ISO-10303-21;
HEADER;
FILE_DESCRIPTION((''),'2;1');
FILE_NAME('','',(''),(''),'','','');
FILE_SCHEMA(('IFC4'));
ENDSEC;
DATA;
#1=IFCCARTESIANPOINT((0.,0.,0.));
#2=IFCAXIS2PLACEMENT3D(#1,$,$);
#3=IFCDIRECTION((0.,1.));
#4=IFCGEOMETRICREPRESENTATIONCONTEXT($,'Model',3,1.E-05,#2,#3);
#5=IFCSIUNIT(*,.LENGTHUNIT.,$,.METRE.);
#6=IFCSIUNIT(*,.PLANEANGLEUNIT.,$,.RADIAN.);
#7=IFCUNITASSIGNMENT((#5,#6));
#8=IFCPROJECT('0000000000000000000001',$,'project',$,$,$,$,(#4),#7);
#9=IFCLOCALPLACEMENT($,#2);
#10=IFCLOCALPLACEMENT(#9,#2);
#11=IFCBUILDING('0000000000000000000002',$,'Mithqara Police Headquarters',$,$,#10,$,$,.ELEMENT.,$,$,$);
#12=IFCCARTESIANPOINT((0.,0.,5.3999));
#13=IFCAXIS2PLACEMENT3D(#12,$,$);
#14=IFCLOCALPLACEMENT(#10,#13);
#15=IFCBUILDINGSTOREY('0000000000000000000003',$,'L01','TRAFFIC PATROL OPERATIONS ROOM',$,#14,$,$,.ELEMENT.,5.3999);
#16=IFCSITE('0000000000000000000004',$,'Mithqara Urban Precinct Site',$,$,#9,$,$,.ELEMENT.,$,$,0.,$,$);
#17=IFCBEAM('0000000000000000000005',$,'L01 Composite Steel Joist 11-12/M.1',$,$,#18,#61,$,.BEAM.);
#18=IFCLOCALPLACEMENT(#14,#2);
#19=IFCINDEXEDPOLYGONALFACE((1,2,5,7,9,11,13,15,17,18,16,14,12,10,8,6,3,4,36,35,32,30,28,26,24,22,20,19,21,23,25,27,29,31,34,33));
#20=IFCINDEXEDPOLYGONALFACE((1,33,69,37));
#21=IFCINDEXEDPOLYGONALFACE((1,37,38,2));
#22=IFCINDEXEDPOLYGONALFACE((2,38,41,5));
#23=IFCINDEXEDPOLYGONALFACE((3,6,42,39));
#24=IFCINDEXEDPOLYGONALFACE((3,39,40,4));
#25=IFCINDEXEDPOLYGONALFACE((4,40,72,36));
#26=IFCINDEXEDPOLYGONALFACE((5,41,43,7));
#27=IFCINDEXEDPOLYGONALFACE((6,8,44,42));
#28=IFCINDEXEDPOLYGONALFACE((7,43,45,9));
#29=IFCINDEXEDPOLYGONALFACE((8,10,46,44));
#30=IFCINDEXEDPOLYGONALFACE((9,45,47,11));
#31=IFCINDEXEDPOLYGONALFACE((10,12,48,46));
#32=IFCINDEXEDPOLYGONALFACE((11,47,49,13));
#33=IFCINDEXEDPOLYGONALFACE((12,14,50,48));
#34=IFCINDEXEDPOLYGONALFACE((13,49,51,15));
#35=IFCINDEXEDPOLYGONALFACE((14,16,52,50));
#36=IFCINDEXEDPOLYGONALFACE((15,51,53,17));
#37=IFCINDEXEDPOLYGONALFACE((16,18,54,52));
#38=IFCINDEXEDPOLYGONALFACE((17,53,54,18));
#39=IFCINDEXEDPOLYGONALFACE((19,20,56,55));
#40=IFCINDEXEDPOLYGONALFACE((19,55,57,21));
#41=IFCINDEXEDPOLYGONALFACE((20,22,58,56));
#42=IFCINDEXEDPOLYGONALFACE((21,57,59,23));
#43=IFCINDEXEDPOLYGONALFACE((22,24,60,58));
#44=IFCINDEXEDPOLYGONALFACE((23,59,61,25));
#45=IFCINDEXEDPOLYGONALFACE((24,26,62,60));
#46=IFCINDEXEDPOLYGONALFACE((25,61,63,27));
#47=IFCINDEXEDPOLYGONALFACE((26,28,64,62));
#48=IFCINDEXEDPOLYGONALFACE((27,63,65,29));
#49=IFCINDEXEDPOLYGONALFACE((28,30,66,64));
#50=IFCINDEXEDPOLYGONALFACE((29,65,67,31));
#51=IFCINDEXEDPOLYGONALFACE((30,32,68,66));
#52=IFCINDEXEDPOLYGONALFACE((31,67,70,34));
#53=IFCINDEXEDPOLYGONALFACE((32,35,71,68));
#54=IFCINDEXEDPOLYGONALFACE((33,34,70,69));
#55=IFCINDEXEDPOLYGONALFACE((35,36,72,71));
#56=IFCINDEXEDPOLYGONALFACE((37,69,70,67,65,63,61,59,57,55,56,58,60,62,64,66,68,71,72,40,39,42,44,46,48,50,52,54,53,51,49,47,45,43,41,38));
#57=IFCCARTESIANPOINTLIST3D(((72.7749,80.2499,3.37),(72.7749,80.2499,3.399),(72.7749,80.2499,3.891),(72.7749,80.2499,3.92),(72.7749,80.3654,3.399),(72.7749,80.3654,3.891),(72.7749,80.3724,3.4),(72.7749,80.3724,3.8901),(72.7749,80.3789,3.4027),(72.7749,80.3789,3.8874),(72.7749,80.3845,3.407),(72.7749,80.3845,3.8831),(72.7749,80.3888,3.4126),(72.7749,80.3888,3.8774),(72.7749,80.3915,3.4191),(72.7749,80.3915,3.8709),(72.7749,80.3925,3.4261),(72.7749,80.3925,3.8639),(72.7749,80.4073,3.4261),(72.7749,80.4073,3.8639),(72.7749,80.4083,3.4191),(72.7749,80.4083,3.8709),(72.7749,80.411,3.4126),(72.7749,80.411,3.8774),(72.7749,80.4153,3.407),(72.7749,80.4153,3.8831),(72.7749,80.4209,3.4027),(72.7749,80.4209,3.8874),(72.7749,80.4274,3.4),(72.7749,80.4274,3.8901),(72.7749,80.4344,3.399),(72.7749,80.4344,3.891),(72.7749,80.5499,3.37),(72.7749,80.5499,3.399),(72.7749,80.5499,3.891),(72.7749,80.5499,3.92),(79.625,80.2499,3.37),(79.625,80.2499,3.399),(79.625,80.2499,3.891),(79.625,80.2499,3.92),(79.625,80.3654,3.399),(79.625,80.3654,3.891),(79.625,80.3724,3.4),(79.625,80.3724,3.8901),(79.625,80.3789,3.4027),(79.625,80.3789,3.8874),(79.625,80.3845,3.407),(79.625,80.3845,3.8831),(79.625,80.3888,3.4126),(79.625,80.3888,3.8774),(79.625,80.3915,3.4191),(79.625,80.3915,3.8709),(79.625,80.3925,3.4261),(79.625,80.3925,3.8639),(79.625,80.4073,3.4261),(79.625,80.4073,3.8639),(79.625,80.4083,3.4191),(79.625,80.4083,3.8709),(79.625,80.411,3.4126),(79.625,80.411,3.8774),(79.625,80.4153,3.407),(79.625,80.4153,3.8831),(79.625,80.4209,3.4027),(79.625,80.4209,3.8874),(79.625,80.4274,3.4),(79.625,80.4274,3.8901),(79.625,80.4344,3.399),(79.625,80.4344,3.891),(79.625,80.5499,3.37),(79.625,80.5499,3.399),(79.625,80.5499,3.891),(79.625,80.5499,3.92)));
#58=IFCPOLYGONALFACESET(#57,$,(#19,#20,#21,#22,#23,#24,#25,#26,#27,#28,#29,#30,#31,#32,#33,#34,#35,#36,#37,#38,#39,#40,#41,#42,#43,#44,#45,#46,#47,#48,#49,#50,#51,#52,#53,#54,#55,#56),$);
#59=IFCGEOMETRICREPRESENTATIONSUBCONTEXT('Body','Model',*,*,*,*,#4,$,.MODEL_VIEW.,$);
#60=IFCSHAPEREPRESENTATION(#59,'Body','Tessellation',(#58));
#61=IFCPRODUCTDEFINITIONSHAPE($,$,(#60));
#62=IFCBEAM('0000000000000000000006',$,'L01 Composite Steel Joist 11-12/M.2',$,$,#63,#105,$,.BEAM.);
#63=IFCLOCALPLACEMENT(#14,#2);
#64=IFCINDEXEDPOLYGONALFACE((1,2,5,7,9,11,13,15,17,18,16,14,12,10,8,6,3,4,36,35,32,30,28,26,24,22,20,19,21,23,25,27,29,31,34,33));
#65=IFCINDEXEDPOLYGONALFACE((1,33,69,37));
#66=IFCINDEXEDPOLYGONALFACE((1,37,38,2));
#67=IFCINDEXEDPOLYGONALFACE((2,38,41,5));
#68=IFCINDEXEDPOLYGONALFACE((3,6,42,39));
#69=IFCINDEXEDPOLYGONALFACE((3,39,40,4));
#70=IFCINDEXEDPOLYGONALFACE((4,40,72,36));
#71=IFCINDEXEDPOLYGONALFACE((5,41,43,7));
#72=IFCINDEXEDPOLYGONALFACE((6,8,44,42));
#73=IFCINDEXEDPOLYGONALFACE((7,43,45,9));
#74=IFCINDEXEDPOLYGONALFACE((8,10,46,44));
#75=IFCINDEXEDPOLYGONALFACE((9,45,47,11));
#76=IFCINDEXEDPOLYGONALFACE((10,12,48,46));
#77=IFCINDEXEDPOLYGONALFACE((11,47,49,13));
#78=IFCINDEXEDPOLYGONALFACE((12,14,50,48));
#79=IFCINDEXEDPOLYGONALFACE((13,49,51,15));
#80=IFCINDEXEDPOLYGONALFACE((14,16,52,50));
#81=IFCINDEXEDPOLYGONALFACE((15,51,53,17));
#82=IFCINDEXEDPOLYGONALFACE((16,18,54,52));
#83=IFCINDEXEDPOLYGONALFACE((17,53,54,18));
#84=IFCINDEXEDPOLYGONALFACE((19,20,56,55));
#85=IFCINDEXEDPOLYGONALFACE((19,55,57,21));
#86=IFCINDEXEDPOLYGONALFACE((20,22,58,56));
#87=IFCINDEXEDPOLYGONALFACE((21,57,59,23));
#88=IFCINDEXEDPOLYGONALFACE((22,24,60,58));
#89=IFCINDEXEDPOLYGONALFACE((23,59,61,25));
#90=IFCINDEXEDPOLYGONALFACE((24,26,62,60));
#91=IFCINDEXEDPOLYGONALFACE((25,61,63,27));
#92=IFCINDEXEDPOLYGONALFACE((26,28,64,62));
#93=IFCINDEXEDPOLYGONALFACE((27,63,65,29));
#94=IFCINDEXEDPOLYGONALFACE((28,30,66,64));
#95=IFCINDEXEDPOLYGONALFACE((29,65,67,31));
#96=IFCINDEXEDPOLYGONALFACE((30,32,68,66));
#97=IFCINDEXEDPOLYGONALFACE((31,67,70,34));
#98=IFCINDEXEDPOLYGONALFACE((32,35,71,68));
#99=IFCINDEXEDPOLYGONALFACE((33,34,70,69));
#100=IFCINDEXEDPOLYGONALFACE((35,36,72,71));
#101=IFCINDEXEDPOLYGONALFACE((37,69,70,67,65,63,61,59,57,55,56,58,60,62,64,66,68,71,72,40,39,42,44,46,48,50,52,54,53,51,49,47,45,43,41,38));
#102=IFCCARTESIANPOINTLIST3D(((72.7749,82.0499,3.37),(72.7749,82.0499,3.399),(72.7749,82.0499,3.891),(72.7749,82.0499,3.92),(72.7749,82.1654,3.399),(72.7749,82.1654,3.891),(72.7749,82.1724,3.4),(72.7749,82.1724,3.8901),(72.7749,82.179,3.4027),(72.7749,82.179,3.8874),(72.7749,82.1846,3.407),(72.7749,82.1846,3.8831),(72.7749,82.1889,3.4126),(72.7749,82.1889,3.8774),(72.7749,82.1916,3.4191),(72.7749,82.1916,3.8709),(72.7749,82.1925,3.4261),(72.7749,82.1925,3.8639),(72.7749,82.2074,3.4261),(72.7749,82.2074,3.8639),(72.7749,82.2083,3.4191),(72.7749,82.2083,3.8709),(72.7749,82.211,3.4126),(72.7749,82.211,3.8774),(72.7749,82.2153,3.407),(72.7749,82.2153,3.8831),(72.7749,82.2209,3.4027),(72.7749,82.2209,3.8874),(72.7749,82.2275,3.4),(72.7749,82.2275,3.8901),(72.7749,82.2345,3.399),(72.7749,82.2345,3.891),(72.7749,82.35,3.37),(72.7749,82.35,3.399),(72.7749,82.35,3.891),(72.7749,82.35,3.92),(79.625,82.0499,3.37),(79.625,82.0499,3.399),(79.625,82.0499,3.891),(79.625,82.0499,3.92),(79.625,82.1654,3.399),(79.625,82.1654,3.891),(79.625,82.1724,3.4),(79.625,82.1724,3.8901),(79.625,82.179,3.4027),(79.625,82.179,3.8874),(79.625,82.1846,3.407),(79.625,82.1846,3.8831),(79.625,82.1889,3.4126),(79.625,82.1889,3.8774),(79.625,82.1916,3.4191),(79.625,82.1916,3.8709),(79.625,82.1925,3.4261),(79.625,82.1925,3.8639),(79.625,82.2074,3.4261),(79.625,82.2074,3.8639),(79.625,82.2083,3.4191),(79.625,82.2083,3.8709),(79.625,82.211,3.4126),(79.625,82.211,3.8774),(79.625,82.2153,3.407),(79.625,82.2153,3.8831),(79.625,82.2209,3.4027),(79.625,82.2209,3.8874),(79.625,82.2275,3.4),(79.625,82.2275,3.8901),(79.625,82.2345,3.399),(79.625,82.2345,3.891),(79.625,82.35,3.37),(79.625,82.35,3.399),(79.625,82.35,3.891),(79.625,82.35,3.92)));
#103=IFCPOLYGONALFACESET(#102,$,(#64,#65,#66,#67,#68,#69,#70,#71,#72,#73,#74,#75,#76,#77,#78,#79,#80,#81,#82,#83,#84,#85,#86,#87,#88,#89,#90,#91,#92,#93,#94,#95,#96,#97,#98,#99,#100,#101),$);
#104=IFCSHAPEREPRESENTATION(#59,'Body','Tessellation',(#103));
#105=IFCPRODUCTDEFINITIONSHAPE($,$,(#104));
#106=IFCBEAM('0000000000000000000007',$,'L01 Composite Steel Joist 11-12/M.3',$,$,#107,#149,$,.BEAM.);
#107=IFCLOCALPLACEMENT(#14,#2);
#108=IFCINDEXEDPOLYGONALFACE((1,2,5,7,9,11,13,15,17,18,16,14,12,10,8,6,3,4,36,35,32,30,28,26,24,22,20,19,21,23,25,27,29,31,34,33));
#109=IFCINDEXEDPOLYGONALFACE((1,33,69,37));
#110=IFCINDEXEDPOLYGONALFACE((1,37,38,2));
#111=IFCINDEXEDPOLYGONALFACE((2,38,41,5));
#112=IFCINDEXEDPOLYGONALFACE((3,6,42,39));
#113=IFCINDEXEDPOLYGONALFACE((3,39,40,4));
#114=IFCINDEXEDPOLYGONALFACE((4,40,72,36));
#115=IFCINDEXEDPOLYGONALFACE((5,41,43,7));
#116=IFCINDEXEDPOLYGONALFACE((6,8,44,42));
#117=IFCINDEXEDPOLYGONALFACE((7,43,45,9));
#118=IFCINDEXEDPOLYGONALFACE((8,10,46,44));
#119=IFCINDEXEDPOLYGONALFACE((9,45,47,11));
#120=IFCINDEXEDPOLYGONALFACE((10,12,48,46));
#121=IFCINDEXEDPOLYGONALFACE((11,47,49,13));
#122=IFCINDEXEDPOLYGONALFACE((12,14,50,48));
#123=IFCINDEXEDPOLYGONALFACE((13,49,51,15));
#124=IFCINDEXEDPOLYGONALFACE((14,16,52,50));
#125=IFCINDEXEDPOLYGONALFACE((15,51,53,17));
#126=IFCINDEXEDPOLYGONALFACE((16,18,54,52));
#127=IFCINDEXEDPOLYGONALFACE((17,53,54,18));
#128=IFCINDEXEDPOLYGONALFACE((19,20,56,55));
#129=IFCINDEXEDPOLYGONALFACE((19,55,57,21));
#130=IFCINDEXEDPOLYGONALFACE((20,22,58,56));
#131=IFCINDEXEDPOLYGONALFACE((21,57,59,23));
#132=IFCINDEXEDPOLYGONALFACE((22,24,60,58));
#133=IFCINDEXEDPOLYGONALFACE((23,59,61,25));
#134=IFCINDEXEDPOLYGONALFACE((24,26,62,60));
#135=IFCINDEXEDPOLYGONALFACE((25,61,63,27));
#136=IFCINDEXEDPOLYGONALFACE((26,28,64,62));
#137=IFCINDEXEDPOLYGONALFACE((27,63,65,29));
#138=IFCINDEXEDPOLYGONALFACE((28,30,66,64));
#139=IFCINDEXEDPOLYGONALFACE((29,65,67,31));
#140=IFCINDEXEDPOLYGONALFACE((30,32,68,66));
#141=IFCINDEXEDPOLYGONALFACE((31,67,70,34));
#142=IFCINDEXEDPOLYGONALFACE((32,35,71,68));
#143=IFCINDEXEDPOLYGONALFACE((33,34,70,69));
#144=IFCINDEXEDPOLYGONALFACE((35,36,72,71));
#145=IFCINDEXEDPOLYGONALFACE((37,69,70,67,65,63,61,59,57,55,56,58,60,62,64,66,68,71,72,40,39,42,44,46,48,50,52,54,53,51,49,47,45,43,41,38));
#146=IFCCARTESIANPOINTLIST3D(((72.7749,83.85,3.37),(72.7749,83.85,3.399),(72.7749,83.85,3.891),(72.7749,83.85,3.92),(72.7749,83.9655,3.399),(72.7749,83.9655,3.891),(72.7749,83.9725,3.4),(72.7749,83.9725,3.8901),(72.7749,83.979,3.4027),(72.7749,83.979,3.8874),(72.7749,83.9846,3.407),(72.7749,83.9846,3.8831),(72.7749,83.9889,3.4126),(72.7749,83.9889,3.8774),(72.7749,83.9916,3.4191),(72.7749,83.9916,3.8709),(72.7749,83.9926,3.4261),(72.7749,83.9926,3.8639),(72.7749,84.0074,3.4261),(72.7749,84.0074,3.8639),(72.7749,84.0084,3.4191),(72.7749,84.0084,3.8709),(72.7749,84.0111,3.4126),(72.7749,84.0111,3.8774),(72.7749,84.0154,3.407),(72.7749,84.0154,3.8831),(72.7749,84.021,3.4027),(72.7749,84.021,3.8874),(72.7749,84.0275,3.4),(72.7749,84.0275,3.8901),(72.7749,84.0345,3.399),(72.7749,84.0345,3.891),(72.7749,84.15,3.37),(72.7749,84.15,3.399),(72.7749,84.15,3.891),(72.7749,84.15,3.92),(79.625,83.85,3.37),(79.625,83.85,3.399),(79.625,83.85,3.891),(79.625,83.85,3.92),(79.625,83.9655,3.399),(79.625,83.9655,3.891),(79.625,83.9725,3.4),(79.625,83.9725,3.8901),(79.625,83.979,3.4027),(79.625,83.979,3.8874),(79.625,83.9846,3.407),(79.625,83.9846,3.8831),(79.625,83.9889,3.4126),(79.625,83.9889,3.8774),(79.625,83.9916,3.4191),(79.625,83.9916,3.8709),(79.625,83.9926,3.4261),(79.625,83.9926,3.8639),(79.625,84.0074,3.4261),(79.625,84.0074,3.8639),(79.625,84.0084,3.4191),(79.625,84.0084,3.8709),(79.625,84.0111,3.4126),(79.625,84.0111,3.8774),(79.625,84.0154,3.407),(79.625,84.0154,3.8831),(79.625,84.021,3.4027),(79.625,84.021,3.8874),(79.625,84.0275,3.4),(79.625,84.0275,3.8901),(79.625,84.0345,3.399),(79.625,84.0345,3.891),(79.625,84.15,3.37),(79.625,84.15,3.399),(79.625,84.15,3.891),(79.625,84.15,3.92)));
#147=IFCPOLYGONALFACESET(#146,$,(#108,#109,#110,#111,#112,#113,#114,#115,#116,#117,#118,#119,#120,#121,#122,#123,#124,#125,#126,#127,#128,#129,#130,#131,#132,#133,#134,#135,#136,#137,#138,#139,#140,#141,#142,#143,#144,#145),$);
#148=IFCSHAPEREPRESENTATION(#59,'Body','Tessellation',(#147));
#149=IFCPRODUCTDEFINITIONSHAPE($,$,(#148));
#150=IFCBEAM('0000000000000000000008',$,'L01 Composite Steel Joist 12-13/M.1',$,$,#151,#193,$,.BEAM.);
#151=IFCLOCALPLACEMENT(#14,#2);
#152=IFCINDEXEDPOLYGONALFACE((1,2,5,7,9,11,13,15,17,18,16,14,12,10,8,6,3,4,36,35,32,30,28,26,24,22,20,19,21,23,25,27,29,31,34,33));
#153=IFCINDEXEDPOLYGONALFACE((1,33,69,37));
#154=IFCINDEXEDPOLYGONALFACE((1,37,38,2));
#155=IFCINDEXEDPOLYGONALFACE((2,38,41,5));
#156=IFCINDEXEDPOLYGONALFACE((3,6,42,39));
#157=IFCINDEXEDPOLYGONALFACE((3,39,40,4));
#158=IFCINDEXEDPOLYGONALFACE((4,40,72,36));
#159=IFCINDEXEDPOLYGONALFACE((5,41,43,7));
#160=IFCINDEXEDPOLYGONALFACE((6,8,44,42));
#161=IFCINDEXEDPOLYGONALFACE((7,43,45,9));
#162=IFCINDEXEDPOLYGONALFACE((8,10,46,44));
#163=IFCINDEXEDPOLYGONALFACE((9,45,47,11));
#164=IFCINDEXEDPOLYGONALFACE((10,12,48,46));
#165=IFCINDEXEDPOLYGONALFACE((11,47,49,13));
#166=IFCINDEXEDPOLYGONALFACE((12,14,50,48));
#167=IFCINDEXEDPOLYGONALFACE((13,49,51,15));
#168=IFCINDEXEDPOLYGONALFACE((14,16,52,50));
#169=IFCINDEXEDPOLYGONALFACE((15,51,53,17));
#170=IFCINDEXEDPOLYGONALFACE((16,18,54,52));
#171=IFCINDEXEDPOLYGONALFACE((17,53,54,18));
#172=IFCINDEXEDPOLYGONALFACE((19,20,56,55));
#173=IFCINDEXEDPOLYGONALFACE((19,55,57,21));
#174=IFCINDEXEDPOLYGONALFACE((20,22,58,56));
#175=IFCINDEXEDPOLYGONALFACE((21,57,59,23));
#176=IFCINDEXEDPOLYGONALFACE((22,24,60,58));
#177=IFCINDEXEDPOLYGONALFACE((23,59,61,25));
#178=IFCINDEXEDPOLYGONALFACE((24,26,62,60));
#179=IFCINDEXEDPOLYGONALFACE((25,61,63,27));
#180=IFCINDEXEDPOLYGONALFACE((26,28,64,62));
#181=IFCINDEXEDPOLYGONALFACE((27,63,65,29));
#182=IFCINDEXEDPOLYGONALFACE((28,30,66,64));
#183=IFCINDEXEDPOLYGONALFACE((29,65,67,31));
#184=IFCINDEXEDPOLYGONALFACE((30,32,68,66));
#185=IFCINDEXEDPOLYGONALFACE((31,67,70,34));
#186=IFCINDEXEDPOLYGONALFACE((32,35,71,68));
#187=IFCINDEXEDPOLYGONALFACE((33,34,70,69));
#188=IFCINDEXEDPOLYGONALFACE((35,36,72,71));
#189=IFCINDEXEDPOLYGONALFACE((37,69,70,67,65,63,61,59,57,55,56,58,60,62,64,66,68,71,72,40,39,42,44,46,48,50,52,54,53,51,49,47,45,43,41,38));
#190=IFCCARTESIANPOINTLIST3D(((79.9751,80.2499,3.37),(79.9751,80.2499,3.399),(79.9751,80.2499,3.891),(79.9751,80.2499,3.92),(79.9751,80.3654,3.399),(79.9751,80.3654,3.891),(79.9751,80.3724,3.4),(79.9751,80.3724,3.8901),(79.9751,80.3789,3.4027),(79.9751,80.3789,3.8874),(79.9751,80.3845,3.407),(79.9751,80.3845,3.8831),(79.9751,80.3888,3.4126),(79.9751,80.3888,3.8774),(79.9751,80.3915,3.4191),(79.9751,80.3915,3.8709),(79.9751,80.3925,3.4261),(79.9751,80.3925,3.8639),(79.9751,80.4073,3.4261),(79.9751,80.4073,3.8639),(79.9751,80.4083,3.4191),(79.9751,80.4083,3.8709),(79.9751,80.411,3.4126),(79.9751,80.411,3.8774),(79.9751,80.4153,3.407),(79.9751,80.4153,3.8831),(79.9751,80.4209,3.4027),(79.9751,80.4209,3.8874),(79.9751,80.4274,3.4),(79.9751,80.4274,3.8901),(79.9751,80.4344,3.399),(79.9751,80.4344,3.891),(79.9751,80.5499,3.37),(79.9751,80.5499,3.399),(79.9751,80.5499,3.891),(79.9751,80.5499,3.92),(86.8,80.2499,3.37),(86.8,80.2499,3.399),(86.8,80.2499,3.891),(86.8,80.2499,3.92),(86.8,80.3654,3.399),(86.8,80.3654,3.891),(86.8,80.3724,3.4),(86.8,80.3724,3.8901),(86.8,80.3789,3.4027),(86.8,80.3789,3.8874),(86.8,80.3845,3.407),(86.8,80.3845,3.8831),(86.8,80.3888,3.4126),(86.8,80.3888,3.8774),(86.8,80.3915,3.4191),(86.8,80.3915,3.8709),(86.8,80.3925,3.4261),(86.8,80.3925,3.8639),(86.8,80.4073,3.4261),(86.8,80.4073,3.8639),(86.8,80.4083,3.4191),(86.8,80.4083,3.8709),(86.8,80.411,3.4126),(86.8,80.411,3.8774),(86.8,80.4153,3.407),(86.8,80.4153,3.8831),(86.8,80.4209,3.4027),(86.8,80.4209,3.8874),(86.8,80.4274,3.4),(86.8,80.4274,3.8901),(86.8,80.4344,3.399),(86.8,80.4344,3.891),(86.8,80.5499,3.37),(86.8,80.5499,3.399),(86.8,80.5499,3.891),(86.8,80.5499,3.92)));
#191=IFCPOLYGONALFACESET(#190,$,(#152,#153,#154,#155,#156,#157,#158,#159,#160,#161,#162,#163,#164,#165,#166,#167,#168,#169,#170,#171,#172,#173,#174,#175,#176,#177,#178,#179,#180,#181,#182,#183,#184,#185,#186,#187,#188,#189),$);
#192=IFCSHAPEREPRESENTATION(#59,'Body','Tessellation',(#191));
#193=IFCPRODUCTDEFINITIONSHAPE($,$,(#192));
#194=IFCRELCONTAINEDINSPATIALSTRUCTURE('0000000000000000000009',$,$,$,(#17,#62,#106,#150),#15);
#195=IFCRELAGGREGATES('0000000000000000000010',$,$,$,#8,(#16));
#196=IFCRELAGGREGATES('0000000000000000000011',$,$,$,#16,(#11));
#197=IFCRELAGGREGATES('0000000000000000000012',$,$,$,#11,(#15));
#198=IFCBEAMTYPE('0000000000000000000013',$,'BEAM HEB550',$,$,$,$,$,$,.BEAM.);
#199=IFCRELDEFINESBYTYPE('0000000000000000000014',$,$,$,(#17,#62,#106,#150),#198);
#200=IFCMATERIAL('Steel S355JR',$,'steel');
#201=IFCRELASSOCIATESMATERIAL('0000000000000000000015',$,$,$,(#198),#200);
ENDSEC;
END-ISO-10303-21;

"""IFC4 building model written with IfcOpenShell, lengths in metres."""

from ifc_helpers import new_model, si_unit, direction, frame, origin, origin_2d, place, context, subcontext, project, spatial, i_section, extrude, material, material_profile, profile_set, type_object, element, save


model = new_model("IFC4")

# Units and contexts
model_context = context("Model", 3, precision=1e-05, world=origin(), true_north=direction((0.0, 1.0)))
body_context = subcontext(model_context, "Body", "Model", "MODEL_VIEW")
ifc_project = project(units=[si_unit("LENGTHUNIT", "METRE"), si_unit("PLANEANGLEUNIT", "RADIAN")], contexts=[model_context])

# Site, building, storey
site_placement = place(None, origin())
site = spatial("IfcSite", under=ifc_project, at=site_placement, Name="Mithqara Urban Precinct Site", CompositionType="ELEMENT", RefElevation=0.0)
building_placement = place(site_placement, origin())
building = spatial("IfcBuilding", under=site, at=building_placement, Name="Mithqara Police Headquarters", CompositionType="ELEMENT")
storey_placement = place(building_placement, frame((0.0, 0.0, 5.3999)))
storey = spatial("IfcBuildingStorey", under=building, at=storey_placement, Name="L01", Description="TRAFFIC PATROL OPERATIONS ROOM", CompositionType="ELEMENT", Elevation=5.3999)

# Beams
ifc_material_1 = material(Name="Steel S355JR", Category="steel")
ifc_material_profile_1 = material_profile(ifc_material_1, i_section(OverallWidth=0.3, OverallDepth=0.55, WebThickness=0.0149, FlangeThickness=0.0291, FilletRadius=0.0271, at=origin_2d()), Name="HEB 550")
ifc_profile_set_1 = profile_set([ifc_material_profile_1], Name="Steel S355JR")
beam_type_1 = type_object("IfcBeamType", Name="BEAM HEB550", PredefinedType="BEAM", material=ifc_profile_set_1)
for number, where, z_axis, x_axis, name in (
    (1, (72.7749, 80.3999, 3.645), (1.0, 0.0, 0.0), (0.0, 1.0, 0.0), "L01 Composite Steel Joist 11-12/M.1"),
    (2, (72.7749, 82.2, 3.645), (1.0, 0.0, 0.0), (0.0, 1.0, 0.0), "L01 Composite Steel Joist 11-12/M.2"),
    (3, (72.7749, 84.0, 3.645), (1.0, 0.0, 0.0), (0.0, 1.0, 0.0), "L01 Composite Steel Joist 11-12/M.3"),
):
    element("IfcBeam", number, at=place(storey_placement, frame(where, z_axis=z_axis, x_axis=x_axis)), inside=storey, type_object=beam_type_1, Name=name, PredefinedType="BEAM", context=body_context, shape_type="SweptSolid", body=[
        extrude(i_section(OverallWidth=0.3, OverallDepth=0.55, WebThickness=0.0149, FlangeThickness=0.0291, FilletRadius=0.0271, at=origin_2d()), origin(), (0.0, 0.0, 1.0), 6.8501),
    ])
for number, where, z_axis, x_axis, name in (
    (4, (79.9751, 80.3999, 3.645), (1.0, 0.0, 0.0), (0.0, 1.0, 0.0), "L01 Composite Steel Joist 12-13/M.1"),
):
    element("IfcBeam", number, at=place(storey_placement, frame(where, z_axis=z_axis, x_axis=x_axis)), inside=storey, type_object=beam_type_1, Name=name, PredefinedType="BEAM", context=body_context, shape_type="SweptSolid", body=[
        extrude(i_section(OverallWidth=0.3, OverallDepth=0.55, WebThickness=0.0149, FlangeThickness=0.0291, FilletRadius=0.0271, at=origin_2d()), origin(), (0.0, 0.0, 1.0), 6.825),
    ])

save(model, "model.ifc")
